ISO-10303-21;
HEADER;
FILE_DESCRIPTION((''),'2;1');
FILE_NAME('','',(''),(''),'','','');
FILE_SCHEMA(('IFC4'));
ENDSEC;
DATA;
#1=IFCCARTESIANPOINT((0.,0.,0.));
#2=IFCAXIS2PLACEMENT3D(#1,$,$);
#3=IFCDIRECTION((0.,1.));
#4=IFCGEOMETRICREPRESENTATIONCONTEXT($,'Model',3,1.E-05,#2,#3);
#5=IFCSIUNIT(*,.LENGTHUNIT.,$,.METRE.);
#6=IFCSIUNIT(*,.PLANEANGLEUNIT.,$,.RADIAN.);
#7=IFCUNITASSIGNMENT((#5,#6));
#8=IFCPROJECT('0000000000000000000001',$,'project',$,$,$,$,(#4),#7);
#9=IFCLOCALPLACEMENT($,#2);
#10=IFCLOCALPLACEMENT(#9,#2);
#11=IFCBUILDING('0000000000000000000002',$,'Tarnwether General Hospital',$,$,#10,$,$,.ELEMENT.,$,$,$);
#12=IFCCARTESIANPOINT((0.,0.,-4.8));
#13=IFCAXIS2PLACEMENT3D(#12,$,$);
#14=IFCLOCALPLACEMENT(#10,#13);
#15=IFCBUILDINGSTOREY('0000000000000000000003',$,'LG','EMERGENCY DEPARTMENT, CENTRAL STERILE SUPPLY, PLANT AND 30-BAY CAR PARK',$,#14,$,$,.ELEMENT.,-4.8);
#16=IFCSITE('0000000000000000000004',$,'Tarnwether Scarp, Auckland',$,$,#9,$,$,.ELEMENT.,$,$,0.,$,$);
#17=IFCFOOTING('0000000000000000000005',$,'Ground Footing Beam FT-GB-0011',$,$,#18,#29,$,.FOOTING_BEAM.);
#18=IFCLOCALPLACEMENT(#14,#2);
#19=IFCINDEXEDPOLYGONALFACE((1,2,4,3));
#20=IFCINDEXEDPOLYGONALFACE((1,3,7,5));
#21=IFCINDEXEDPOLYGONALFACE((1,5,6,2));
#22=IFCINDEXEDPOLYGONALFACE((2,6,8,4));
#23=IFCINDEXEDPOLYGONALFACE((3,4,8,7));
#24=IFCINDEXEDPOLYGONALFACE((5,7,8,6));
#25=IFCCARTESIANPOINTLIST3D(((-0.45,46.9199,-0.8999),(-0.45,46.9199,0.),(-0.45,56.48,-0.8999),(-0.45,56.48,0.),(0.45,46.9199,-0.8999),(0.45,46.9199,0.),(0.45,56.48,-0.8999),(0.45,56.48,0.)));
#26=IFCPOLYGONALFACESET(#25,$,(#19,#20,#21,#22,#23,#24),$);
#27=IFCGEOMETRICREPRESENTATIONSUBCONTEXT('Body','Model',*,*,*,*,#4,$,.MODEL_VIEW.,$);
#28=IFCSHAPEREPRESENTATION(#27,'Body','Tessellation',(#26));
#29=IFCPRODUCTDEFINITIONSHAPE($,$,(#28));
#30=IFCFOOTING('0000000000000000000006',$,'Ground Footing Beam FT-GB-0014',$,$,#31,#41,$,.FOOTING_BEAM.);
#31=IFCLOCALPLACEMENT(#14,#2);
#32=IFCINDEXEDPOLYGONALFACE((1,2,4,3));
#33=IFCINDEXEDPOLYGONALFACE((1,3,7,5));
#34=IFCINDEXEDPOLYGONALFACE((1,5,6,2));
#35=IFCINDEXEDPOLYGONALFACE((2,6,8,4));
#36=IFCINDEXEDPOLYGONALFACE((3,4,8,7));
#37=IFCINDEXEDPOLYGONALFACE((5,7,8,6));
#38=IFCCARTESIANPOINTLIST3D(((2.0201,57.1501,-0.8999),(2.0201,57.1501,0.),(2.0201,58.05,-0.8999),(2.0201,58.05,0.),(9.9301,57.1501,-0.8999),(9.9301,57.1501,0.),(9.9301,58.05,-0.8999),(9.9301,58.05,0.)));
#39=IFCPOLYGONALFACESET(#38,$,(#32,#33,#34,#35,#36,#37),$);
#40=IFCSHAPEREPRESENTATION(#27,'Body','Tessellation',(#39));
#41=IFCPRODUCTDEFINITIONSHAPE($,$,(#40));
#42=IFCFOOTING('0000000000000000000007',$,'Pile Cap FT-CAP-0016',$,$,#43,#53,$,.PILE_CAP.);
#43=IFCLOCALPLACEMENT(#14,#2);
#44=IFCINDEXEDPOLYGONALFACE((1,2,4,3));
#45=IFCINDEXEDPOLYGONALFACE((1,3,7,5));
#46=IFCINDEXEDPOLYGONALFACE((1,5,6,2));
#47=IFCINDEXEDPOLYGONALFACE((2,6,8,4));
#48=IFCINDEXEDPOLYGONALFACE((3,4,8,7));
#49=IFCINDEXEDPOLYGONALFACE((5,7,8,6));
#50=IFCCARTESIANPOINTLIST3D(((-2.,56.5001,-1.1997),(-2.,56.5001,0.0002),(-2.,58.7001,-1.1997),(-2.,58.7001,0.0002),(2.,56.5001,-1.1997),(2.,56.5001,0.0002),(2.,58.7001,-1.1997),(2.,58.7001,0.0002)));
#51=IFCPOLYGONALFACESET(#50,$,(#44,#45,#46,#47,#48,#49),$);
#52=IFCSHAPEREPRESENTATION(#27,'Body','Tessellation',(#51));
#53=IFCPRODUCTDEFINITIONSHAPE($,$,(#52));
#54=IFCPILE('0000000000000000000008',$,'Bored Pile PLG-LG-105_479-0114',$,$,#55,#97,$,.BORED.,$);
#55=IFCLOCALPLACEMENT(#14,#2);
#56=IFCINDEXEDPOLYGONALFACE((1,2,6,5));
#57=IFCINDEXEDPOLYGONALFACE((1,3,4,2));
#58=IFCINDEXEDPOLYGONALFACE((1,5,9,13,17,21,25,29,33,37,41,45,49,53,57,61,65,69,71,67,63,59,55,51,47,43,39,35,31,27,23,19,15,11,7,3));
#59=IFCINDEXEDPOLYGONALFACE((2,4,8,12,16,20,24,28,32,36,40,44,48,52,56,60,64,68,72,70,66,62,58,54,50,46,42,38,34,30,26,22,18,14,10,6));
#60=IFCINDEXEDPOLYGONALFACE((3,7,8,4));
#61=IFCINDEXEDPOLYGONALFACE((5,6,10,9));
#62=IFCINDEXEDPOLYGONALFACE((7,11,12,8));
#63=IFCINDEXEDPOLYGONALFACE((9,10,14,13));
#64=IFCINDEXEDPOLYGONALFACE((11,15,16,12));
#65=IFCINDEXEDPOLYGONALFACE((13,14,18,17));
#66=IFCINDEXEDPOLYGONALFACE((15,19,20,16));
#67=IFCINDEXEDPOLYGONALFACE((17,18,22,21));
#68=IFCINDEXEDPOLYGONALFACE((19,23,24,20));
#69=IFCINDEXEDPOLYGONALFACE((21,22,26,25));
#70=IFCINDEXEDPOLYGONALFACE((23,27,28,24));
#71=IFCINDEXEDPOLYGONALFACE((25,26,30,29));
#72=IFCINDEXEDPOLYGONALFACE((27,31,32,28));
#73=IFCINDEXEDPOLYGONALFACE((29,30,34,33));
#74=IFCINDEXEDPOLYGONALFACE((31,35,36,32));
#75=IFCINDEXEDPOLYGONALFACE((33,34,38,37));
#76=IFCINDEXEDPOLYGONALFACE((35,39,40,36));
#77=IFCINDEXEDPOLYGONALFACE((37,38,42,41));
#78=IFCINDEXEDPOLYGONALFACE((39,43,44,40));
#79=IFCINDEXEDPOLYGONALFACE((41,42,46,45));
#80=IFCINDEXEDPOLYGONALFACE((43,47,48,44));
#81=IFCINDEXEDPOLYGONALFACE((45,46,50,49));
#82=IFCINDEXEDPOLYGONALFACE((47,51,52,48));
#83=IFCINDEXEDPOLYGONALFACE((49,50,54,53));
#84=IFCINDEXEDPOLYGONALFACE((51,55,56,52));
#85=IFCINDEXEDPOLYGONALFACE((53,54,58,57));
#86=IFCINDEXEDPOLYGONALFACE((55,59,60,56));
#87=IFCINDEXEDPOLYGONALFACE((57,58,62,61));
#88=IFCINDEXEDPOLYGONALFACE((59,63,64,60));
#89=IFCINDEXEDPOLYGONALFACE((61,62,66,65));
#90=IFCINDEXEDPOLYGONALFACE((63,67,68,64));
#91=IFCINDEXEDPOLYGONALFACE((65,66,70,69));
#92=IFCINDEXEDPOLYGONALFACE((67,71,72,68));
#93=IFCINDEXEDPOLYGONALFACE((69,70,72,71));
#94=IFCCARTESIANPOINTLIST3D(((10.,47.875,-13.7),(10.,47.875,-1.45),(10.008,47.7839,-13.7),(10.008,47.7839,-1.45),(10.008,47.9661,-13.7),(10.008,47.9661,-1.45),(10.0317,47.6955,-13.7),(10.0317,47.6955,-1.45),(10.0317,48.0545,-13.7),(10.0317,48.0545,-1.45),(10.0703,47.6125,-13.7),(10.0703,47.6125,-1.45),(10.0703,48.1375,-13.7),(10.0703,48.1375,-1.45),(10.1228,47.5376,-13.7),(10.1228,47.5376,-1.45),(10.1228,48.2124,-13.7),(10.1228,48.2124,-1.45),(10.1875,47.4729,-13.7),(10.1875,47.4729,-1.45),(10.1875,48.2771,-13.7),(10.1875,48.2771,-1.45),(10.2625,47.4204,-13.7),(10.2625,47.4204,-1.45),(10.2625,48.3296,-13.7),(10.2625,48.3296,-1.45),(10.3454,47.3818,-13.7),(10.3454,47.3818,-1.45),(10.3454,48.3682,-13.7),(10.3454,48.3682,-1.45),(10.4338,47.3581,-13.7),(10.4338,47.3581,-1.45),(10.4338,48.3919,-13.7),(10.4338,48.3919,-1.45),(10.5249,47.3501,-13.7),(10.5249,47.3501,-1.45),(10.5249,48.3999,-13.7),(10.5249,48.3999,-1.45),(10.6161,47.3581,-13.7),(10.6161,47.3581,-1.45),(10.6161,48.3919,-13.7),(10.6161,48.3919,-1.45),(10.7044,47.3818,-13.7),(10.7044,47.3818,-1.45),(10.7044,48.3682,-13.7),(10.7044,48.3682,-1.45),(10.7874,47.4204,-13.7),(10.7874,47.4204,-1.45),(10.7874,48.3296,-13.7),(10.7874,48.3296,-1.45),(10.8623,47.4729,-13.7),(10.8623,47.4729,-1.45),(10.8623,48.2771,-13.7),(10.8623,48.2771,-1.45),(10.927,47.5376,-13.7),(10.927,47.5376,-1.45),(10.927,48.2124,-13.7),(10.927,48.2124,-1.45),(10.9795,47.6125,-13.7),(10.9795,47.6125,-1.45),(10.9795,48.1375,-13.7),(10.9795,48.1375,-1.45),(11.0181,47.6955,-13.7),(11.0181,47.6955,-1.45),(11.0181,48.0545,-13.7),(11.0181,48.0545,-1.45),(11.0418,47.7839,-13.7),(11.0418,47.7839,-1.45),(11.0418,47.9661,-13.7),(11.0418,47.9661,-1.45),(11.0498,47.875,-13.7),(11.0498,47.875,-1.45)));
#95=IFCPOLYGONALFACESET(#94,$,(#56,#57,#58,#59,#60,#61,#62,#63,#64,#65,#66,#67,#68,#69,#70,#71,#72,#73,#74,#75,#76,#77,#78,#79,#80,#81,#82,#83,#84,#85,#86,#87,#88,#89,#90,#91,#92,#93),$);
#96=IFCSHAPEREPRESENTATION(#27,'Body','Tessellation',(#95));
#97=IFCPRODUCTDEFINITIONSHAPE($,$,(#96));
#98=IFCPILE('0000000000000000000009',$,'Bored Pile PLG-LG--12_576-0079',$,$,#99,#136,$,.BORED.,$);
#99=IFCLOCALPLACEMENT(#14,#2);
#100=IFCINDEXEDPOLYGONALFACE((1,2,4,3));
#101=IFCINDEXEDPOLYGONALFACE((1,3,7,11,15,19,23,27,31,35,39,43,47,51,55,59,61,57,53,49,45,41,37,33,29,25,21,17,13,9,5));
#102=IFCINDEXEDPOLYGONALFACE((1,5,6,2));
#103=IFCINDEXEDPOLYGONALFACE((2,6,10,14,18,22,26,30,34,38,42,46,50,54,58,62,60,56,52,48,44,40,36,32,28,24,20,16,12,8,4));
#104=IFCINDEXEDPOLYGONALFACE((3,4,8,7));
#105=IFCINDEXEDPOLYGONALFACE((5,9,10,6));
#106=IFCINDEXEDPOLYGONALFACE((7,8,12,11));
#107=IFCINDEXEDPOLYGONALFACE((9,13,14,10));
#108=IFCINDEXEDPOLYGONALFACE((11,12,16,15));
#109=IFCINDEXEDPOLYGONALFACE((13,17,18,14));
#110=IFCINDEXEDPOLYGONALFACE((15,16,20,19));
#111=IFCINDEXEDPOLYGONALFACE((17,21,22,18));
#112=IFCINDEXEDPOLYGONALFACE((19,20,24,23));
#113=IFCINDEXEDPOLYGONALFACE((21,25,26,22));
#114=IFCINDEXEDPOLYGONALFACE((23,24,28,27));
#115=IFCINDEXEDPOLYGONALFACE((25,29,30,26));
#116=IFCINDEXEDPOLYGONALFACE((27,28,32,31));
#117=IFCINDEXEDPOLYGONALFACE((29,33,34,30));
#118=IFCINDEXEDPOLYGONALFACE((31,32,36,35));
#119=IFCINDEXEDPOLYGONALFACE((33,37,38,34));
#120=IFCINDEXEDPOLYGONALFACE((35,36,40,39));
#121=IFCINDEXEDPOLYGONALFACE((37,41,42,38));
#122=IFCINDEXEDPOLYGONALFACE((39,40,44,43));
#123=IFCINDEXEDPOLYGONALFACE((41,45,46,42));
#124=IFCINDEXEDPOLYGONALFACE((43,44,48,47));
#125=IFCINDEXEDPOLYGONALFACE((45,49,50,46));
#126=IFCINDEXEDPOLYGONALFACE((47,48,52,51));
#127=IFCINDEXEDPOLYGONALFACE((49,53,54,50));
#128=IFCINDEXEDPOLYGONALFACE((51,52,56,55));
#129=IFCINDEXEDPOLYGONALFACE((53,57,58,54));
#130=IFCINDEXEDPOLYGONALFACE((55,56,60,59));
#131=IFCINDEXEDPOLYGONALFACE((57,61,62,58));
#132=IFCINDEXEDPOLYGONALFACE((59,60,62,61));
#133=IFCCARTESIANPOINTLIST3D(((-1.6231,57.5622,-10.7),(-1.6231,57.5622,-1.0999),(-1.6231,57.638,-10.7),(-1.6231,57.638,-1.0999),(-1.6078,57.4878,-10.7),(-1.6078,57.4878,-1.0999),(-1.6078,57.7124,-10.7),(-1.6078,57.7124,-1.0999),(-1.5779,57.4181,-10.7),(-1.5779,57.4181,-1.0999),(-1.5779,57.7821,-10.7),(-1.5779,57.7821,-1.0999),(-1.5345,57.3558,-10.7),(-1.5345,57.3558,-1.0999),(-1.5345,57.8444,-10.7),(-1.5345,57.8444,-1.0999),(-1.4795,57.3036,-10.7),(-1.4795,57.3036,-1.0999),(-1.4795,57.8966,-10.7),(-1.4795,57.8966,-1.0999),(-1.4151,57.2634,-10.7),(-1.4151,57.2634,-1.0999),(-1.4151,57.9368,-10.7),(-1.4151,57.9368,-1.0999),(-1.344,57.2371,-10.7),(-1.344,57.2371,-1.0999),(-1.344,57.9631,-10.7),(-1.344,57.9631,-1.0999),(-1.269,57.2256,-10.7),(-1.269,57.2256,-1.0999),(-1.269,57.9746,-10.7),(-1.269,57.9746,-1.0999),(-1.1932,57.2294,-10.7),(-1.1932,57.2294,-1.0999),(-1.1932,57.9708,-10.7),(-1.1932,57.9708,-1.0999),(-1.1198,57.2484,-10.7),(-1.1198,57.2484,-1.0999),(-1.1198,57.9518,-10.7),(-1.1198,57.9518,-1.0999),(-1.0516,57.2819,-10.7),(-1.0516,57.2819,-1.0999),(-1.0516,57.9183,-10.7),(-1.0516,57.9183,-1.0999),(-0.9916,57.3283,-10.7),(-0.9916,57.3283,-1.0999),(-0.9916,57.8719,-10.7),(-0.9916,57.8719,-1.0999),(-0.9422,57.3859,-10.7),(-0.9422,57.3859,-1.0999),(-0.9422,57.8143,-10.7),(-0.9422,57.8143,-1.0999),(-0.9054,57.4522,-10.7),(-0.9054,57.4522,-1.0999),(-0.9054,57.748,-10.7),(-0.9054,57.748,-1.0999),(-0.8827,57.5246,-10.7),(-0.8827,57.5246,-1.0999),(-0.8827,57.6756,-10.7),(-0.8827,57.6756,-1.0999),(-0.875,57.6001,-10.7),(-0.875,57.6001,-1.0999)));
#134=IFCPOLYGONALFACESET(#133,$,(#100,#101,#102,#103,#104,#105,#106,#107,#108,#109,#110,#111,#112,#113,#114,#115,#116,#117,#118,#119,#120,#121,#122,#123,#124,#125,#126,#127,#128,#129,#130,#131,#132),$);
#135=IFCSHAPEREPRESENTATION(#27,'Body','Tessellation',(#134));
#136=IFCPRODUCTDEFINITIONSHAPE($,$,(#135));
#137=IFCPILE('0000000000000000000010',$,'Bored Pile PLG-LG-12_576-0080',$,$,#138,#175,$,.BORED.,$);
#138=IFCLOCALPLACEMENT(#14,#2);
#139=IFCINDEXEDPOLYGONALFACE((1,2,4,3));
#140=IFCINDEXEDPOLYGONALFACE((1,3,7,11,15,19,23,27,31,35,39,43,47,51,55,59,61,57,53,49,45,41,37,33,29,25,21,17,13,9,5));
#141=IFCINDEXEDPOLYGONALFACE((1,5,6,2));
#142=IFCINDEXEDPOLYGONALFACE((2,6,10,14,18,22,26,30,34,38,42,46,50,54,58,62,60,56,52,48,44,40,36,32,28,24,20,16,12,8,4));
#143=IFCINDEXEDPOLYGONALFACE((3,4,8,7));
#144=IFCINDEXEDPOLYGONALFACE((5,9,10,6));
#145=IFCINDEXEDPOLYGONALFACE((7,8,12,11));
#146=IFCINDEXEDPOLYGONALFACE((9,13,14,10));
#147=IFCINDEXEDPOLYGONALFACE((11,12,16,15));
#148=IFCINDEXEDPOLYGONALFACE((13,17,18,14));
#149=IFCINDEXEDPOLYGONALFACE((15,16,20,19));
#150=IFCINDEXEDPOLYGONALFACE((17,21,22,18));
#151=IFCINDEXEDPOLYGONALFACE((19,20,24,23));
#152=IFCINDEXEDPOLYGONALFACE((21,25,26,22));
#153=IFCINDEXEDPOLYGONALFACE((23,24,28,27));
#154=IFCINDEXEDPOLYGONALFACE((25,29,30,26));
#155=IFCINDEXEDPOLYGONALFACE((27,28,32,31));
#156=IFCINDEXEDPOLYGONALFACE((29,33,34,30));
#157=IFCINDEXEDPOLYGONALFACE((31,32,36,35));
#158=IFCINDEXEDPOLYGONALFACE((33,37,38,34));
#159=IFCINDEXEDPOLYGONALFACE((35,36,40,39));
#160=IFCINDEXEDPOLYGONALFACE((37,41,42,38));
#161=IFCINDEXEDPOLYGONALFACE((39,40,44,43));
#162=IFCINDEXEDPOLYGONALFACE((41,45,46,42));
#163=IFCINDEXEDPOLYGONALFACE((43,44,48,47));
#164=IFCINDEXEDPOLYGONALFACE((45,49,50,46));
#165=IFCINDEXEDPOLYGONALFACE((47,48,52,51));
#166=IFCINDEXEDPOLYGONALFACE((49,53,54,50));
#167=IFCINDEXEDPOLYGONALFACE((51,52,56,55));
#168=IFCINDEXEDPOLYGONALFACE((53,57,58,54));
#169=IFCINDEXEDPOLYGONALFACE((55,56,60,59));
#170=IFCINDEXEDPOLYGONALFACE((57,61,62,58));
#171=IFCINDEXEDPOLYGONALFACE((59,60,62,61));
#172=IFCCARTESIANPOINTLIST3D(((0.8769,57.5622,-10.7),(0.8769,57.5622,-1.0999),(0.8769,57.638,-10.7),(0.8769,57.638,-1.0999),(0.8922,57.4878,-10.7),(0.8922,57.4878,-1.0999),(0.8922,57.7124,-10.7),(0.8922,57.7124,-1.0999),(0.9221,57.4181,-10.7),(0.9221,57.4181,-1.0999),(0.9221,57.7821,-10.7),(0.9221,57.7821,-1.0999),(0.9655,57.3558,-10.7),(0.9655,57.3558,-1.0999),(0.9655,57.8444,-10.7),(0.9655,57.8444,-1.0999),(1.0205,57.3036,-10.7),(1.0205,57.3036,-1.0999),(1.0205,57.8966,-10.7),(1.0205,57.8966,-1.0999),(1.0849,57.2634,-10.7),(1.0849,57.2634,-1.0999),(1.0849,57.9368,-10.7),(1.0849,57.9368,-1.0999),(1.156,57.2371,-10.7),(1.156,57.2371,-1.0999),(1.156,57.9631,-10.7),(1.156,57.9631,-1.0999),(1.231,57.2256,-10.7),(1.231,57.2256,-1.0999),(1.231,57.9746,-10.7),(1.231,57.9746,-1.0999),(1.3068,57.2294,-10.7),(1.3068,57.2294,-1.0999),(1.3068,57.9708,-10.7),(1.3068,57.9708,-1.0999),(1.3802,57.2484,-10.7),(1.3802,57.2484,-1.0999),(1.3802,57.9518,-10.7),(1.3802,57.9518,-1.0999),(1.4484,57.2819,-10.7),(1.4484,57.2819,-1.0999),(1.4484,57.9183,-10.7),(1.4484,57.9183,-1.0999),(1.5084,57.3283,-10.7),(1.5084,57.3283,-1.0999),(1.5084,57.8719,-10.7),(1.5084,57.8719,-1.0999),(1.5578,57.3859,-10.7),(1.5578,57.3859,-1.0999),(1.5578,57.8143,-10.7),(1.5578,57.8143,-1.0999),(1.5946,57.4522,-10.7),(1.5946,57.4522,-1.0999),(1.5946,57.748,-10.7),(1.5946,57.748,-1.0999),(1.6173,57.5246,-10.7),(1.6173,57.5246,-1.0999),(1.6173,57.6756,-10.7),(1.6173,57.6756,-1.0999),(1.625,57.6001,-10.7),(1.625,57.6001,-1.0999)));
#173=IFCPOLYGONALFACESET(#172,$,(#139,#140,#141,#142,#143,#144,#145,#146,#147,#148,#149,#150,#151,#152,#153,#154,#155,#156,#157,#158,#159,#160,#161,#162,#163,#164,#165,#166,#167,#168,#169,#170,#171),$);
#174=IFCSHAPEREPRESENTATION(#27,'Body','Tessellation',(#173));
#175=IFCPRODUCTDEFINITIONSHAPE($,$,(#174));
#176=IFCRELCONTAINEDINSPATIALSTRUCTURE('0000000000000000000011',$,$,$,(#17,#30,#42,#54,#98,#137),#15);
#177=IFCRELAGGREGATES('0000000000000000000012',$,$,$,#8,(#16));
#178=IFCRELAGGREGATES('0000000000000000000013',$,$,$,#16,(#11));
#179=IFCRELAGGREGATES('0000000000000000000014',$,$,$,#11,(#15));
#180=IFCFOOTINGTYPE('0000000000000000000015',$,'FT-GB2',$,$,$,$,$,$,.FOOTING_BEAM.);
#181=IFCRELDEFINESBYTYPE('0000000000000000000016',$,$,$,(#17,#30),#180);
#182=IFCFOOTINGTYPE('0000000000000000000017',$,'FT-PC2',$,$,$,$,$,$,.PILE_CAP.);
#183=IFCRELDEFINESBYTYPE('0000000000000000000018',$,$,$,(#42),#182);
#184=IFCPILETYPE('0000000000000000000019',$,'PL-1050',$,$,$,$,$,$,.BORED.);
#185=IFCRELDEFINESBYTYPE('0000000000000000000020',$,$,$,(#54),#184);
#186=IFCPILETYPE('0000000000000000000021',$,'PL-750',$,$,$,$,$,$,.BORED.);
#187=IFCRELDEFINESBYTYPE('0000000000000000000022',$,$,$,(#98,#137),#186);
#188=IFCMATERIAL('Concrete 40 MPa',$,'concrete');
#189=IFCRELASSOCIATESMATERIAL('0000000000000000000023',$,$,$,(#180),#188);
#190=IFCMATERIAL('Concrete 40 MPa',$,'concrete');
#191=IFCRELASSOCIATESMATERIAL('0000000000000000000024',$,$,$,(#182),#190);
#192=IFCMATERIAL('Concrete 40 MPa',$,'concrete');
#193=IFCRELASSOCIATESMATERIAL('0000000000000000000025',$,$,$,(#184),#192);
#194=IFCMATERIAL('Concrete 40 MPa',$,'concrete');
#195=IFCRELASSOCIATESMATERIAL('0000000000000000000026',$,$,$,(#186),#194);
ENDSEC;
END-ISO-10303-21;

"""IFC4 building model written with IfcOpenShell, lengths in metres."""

from ifc_helpers import new_model, si_unit, direction, frame, origin, origin_2d, place, context, subcontext, project, spatial, rectangle, circle, extrude, material, material_profile, profile_set, type_object, element, save


model = new_model("IFC4")

# Units and contexts
model_context = context("Model", 3, precision=1e-05, world=origin(), true_north=direction((0.0, 1.0)))
body_context = subcontext(model_context, "Body", "Model", "MODEL_VIEW")
ifc_project = project(units=[si_unit("LENGTHUNIT", "METRE"), si_unit("PLANEANGLEUNIT", "RADIAN")], contexts=[model_context])

# Site, building, storey
site_placement = place(None, origin())
site = spatial("IfcSite", under=ifc_project, at=site_placement, Name="Tarnwether Scarp, Auckland", CompositionType="ELEMENT", RefElevation=0.0)
building_placement = place(site_placement, origin())
building = spatial("IfcBuilding", under=site, at=building_placement, Name="Tarnwether General Hospital", CompositionType="ELEMENT")
storey_placement = place(building_placement, frame((0.0, 0.0, -4.8)))
storey = spatial("IfcBuildingStorey", under=building, at=storey_placement, Name="LG", Description="EMERGENCY DEPARTMENT, CENTRAL STERILE SUPPLY, PLANT AND 30-BAY CAR PARK", CompositionType="ELEMENT", Elevation=-4.8)

# Footings
ifc_material_1 = material(Name="Concrete 40 MPa", Category="concrete")
footing_type_1 = type_object("IfcFootingType", Name="FT-GB2", PredefinedType="FOOTING_BEAM", material=ifc_material_1)
footing_1_placement = place(storey_placement, frame((0.0, 51.7, -0.8999), z_axis=(0.0, 0.0, 1.0), x_axis=(0.0, 1.0, 0.0)))
element("IfcFooting", 1, at=footing_1_placement, inside=storey, type_object=footing_type_1, Name="Ground Footing Beam FT-GB-0011", PredefinedType="FOOTING_BEAM", context=body_context, shape_type="SweptSolid", body=[
    extrude(rectangle(XDim=9.5601, YDim=0.8999, at=origin_2d()), origin(), (0.0, 0.0, 1.0), 0.8999),
])
footing_2_placement = place(storey_placement, frame((5.9751, 57.6001, -0.8999), z_axis=(0.0, 0.0, 1.0), x_axis=(1.0, 0.0, 0.0)))
element("IfcFooting", 2, at=footing_2_placement, inside=storey, type_object=footing_type_1, Name="Ground Footing Beam FT-GB-0014", PredefinedType="FOOTING_BEAM", context=body_context, shape_type="SweptSolid", body=[
    extrude(rectangle(XDim=7.9099, YDim=0.8999, at=origin_2d()), origin(), (0.0, 0.0, 1.0), 0.8999),
])
ifc_material_2 = material(Name="Concrete 40 MPa", Category="concrete")
footing_type_2 = type_object("IfcFootingType", Name="FT-PC2", PredefinedType="PILE_CAP", material=ifc_material_2)
footing_3_placement = place(storey_placement, frame((0.0, 57.6001, -1.1997), z_axis=(0.0, 0.0, 1.0), x_axis=(1.0, 0.0, 0.0)))
element("IfcFooting", 3, at=footing_3_placement, inside=storey, type_object=footing_type_2, Name="Pile Cap FT-CAP-0016", PredefinedType="PILE_CAP", context=body_context, shape_type="SweptSolid", body=[
    extrude(rectangle(XDim=4.0, YDim=2.2, at=origin_2d()), origin(), (0.0, 0.0, 1.0), 1.2),
])

# Piles
ifc_material_3 = material(Name="Concrete 40 MPa", Category="concrete")
ifc_material_profile_1 = material_profile(ifc_material_3, circle(Radius=0.5249, at=origin_2d()), Name="PILE-D1050")
ifc_profile_set_1 = profile_set([ifc_material_profile_1], Name="Concrete 40 MPa")
pile_type_1 = type_object("IfcPileType", Name="PL-1050", PredefinedType="BORED", material=ifc_profile_set_1)
pile_placement = place(storey_placement, frame((10.5249, 47.875, -1.45), z_axis=(0.0, 0.0, -1.0), x_axis=(1.0, 0.0, 0.0)))
element("IfcPile", 4, at=pile_placement, inside=storey, type_object=pile_type_1, Name="Bored Pile PLG-LG-105_479-0114", PredefinedType="BORED", context=body_context, shape_type="SweptSolid", body=[
    extrude(circle(Radius=0.5249, at=origin_2d()), origin(), (0.0, 0.0, 1.0), 12.25),
])
ifc_material_4 = material(Name="Concrete 40 MPa", Category="concrete")
ifc_material_profile_2 = material_profile(ifc_material_4, circle(Radius=0.375, at=origin_2d()), Name="PILE-D750")
ifc_profile_set_2 = profile_set([ifc_material_profile_2], Name="Concrete 40 MPa")
pile_type_2 = type_object("IfcPileType", Name="PL-750", PredefinedType="BORED", material=ifc_profile_set_2)
for number, where, z_axis, x_axis, name in (
    (5, (-1.25, 57.6001, -1.0999), (0.0, 0.0, -1.0), (1.0, 0.0, 0.0), "Bored Pile PLG-LG--12_576-0079"),
    (6, (1.25, 57.6001, -1.0999), (0.0, 0.0, -1.0), (1.0, 0.0, 0.0), "Bored Pile PLG-LG-12_576-0080"),
):
    element("IfcPile", number, at=place(storey_placement, frame(where, z_axis=z_axis, x_axis=x_axis)), inside=storey, type_object=pile_type_2, Name=name, PredefinedType="BORED", context=body_context, shape_type="SweptSolid", body=[
        extrude(circle(Radius=0.375, at=origin_2d()), origin(), (0.0, 0.0, 1.0), 9.6001),
    ])

save(model, "model.ifc")
